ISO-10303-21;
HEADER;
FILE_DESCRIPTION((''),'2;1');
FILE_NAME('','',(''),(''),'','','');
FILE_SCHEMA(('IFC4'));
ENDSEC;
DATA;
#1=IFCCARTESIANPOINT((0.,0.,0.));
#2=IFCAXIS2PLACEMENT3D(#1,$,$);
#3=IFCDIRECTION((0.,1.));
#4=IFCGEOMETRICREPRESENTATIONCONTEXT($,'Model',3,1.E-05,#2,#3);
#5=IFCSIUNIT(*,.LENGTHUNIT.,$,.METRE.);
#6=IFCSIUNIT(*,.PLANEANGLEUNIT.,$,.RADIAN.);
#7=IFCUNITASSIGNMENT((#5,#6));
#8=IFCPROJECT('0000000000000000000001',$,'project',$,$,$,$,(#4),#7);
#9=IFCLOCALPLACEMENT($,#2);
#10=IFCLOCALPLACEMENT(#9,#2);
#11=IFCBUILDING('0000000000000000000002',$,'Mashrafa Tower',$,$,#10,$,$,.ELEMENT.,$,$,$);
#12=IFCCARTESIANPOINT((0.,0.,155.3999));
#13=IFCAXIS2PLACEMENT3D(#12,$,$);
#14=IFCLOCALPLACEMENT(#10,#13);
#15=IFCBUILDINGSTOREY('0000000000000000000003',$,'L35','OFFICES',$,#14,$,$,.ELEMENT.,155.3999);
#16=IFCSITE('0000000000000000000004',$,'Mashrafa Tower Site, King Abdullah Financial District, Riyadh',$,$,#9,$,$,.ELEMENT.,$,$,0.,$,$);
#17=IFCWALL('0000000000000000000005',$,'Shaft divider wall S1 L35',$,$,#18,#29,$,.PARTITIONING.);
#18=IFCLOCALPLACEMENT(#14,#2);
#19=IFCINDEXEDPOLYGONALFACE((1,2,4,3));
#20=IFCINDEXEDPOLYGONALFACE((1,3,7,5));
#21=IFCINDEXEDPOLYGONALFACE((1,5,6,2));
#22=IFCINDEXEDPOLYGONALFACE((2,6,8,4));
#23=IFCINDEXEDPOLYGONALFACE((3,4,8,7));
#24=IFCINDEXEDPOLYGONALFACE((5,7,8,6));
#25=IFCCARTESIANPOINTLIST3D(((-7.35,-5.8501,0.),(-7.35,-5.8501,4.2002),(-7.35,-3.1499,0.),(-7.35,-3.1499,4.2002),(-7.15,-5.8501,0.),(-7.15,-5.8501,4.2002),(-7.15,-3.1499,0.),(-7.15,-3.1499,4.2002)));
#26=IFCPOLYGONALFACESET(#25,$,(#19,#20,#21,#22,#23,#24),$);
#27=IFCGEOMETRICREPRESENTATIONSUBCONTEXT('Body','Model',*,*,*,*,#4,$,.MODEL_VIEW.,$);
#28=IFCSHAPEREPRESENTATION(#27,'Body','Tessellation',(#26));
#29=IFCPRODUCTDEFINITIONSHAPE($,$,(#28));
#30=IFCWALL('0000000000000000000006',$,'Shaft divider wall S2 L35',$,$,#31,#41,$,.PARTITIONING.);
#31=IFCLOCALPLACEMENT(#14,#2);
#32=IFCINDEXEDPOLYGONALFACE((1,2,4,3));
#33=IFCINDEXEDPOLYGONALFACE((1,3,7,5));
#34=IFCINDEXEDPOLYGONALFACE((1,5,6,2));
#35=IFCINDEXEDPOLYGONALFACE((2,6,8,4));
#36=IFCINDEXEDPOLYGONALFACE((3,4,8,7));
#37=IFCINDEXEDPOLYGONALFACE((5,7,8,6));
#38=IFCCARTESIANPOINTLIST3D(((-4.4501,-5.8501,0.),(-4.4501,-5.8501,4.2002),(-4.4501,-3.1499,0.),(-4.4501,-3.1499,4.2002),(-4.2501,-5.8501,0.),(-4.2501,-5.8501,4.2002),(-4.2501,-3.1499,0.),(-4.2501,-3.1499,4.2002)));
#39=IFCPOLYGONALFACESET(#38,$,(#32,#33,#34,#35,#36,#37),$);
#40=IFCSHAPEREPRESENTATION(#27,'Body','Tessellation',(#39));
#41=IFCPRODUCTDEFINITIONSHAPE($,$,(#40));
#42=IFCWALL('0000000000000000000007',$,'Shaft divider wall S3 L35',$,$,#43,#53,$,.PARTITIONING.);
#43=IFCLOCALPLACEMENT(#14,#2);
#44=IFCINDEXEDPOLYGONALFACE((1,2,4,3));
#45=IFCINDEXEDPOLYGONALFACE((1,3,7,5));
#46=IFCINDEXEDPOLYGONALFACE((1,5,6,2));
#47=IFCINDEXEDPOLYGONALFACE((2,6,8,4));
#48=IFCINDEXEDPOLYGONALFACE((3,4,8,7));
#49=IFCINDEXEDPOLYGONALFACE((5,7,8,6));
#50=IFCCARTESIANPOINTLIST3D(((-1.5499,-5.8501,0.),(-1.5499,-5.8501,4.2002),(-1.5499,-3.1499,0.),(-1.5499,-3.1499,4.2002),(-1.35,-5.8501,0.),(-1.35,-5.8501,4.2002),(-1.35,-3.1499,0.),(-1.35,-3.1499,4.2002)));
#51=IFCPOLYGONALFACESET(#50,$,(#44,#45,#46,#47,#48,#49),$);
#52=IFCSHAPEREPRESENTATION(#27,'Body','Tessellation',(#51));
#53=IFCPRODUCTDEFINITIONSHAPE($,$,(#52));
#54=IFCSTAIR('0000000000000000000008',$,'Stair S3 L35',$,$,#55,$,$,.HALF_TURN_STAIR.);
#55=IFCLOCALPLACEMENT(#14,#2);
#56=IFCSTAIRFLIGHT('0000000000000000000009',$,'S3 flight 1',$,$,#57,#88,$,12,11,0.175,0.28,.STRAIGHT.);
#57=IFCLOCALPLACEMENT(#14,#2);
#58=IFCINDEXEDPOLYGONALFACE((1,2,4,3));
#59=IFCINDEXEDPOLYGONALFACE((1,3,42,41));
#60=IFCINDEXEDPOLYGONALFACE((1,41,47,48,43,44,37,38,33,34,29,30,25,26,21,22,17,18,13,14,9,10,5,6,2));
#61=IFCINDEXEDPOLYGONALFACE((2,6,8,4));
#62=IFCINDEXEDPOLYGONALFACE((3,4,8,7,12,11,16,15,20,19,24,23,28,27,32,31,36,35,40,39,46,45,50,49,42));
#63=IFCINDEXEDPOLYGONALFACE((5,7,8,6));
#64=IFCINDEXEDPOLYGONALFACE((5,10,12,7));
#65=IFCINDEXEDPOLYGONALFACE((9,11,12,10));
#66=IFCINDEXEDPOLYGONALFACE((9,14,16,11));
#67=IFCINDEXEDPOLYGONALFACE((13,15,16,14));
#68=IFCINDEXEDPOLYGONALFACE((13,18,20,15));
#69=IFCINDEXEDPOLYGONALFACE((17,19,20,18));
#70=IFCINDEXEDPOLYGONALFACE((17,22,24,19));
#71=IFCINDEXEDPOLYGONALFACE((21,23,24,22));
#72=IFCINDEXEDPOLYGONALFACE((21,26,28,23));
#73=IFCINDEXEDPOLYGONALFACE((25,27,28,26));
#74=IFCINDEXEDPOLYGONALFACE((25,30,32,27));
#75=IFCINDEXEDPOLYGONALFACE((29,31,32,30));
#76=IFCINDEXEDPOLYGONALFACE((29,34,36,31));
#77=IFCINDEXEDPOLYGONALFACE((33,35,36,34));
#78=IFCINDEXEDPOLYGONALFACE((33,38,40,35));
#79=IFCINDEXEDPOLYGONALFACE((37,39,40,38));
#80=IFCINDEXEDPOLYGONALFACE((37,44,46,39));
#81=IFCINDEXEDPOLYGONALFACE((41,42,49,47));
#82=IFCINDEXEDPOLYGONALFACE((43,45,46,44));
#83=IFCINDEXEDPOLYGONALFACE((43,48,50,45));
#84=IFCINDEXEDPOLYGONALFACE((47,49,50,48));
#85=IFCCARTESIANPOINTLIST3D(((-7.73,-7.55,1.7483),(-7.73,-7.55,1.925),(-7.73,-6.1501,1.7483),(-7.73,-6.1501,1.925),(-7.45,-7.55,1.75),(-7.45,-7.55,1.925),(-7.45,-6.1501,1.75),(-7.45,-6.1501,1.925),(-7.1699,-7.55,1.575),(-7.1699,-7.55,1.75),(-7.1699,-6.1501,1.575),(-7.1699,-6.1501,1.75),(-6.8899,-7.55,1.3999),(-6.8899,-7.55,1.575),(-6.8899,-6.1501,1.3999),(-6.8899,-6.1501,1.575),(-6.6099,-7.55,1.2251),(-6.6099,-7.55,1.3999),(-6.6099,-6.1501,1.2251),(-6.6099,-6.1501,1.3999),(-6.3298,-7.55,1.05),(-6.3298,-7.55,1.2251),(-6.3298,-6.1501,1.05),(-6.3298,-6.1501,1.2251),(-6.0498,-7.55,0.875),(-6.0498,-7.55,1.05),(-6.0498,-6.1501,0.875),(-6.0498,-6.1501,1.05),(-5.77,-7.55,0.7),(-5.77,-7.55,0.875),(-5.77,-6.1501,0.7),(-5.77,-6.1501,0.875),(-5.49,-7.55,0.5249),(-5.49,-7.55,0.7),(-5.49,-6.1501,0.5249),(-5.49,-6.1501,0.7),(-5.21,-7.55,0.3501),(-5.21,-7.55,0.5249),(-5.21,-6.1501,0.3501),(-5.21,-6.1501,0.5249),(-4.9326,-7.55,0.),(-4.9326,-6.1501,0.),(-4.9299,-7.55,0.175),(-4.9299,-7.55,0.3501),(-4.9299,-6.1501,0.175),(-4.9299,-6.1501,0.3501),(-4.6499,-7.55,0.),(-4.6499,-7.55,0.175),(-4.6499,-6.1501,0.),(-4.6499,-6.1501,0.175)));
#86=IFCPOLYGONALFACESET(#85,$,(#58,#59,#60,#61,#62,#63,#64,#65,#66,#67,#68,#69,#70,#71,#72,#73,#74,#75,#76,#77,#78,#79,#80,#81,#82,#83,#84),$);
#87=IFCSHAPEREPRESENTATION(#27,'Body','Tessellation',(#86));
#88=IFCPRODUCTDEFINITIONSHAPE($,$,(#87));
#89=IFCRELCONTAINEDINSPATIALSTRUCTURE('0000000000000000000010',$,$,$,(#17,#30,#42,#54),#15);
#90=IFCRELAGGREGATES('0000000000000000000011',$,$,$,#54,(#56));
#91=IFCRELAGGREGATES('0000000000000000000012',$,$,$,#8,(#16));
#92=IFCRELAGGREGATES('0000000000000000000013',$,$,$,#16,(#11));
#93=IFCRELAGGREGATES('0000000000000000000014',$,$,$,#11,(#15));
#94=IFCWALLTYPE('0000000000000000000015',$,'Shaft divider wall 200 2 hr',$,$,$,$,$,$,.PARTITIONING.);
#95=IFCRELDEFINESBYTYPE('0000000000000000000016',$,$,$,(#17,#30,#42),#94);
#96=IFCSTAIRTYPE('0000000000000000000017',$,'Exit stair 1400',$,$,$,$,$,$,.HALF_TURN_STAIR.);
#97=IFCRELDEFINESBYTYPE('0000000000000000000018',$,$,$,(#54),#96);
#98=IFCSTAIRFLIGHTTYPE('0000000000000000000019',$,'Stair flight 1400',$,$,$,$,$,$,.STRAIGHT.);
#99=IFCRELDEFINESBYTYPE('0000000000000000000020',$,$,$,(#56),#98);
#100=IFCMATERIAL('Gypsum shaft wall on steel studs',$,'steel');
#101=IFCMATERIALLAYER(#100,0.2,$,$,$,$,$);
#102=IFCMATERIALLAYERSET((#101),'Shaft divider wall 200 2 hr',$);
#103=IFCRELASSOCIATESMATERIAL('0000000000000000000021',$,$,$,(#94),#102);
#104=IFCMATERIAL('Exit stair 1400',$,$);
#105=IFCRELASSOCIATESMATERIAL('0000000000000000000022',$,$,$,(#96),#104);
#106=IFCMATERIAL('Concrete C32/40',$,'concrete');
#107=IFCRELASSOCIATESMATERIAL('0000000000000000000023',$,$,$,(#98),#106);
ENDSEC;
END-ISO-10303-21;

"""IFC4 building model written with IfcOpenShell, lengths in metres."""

from ifc_helpers import new_model, si_unit, direction, frame, frame_2d, origin, place, context, subcontext, project, spatial, polyline, rectangle, outline, extrude, material, layer, layer_set, type_object, element, aggregate, save


model = new_model("IFC4")

# Units and contexts
model_context = context("Model", 3, precision=1e-05, world=origin(), true_north=direction((0.0, 1.0)))
body_context = subcontext(model_context, "Body", "Model", "MODEL_VIEW")
ifc_project = project(units=[si_unit("LENGTHUNIT", "METRE"), si_unit("PLANEANGLEUNIT", "RADIAN")], contexts=[model_context])

# Site, building, storey
site_placement = place(None, origin())
site = spatial("IfcSite", under=ifc_project, at=site_placement, Name="Mashrafa Tower Site, King Abdullah Financial District, Riyadh", CompositionType="ELEMENT", RefElevation=0.0)
building_placement = place(site_placement, origin())
building = spatial("IfcBuilding", under=site, at=building_placement, Name="Mashrafa Tower", CompositionType="ELEMENT")
storey_placement = place(building_placement, frame((0.0, 0.0, 155.3999)))
storey = spatial("IfcBuildingStorey", under=building, at=storey_placement, Name="L35", Description="OFFICES", CompositionType="ELEMENT", Elevation=155.3999)

# Walls
ifc_material_1 = material(Name="Gypsum shaft wall on steel studs", Category="steel")
ifc_layer_1 = layer(ifc_material_1, 0.2)
ifc_layer_set_1 = layer_set([ifc_layer_1], Name="Shaft divider wall 200 2 hr")
wall_type_1 = type_object("IfcWallType", Name="Shaft divider wall 200 2 hr", PredefinedType="PARTITIONING", material=ifc_layer_set_1)
for number, where, z_axis, x_axis, name in (
    (1, (-7.25, -5.8501, 0.0), (0.0, 0.0, 1.0), (0.0, 1.0, 0.0), "Shaft divider wall S1 L35"),
    (2, (-4.3501, -5.8501, 0.0), (0.0, 0.0, 1.0), (0.0, 1.0, 0.0), "Shaft divider wall S2 L35"),
    (3, (-1.45, -5.8501, 0.0), (0.0, 0.0, 1.0), (0.0, 1.0, 0.0), "Shaft divider wall S3 L35"),
):
    element("IfcWall", number, at=place(storey_placement, frame(where, z_axis=z_axis, x_axis=x_axis)), inside=storey, type_object=wall_type_1, Name=name, PredefinedType="PARTITIONING", context=body_context, shape_type="SweptSolid", body=[
        extrude(rectangle(XDim=2.7002, YDim=0.2, at=frame_2d((1.3501, 0.0))), origin(), (0.0, 0.0, 1.0), 4.2002),
    ])

# Stair, stair flight
ifc_material_2 = material(Name="Exit stair 1400")
stair_type = type_object("IfcStairType", Name="Exit stair 1400", PredefinedType="HALF_TURN_STAIR", material=ifc_material_2)
stair_placement = place(storey_placement, origin())
stair = element("IfcStair", 4, at=stair_placement, inside=storey, type_object=stair_type, Name="Stair S3 L35", PredefinedType="HALF_TURN_STAIR")
ifc_material_3 = material(Name="Concrete C32/40", Category="concrete")
stair_flight_type = type_object("IfcStairFlightType", Name="Stair flight 1400", PredefinedType="STRAIGHT", material=ifc_material_3)
stair_flight_placement = place(storey_placement, frame((-4.6499, -6.8501, 0.0), z_axis=(0.0, 0.0, 1.0), x_axis=(-1.0, 0.0, 0.0)))
stair_flight = element("IfcStairFlight", 5, at=stair_flight_placement, type_object=stair_flight_type, Name="S3 flight 1", NumberOfRisers=12, NumberOfTreads=11, PredefinedType="STRAIGHT", RiserHeight=0.175, TreadLength=0.28, context=body_context, shape_type="SweptSolid", body=[
    extrude(outline(polyline([(0.0, 0.0), (0.0, 0.175), (0.28, 0.175), (0.28, 0.3501), (0.5601, 0.3501), (0.5601, 0.5249), (0.8401, 0.5249), (0.8401, 0.7), (1.1201, 0.7), (1.1201, 0.875), (1.3999, 0.875), (1.3999, 1.05), (1.6799, 1.05), (1.6799, 1.2251), (1.96, 1.2251), (1.96, 1.3999), (2.24, 1.3999), (2.24, 1.575), (2.52, 1.575), (2.52, 1.75), (2.8, 1.75), (2.8, 1.925), (3.0801, 1.925), (3.0801, 2.1001), (3.0801, 1.7483), (0.2827, 0.0), (0.0, 0.0)])), frame((0.0, 0.7, 0.0), z_axis=(0.0, -1.0, 0.0), x_axis=(1.0, 0.0, 0.0)), (0.0, 0.0, 1.0), 1.3999),
])
aggregate(stair, [stair_flight])

save(model, "model.ifc")
